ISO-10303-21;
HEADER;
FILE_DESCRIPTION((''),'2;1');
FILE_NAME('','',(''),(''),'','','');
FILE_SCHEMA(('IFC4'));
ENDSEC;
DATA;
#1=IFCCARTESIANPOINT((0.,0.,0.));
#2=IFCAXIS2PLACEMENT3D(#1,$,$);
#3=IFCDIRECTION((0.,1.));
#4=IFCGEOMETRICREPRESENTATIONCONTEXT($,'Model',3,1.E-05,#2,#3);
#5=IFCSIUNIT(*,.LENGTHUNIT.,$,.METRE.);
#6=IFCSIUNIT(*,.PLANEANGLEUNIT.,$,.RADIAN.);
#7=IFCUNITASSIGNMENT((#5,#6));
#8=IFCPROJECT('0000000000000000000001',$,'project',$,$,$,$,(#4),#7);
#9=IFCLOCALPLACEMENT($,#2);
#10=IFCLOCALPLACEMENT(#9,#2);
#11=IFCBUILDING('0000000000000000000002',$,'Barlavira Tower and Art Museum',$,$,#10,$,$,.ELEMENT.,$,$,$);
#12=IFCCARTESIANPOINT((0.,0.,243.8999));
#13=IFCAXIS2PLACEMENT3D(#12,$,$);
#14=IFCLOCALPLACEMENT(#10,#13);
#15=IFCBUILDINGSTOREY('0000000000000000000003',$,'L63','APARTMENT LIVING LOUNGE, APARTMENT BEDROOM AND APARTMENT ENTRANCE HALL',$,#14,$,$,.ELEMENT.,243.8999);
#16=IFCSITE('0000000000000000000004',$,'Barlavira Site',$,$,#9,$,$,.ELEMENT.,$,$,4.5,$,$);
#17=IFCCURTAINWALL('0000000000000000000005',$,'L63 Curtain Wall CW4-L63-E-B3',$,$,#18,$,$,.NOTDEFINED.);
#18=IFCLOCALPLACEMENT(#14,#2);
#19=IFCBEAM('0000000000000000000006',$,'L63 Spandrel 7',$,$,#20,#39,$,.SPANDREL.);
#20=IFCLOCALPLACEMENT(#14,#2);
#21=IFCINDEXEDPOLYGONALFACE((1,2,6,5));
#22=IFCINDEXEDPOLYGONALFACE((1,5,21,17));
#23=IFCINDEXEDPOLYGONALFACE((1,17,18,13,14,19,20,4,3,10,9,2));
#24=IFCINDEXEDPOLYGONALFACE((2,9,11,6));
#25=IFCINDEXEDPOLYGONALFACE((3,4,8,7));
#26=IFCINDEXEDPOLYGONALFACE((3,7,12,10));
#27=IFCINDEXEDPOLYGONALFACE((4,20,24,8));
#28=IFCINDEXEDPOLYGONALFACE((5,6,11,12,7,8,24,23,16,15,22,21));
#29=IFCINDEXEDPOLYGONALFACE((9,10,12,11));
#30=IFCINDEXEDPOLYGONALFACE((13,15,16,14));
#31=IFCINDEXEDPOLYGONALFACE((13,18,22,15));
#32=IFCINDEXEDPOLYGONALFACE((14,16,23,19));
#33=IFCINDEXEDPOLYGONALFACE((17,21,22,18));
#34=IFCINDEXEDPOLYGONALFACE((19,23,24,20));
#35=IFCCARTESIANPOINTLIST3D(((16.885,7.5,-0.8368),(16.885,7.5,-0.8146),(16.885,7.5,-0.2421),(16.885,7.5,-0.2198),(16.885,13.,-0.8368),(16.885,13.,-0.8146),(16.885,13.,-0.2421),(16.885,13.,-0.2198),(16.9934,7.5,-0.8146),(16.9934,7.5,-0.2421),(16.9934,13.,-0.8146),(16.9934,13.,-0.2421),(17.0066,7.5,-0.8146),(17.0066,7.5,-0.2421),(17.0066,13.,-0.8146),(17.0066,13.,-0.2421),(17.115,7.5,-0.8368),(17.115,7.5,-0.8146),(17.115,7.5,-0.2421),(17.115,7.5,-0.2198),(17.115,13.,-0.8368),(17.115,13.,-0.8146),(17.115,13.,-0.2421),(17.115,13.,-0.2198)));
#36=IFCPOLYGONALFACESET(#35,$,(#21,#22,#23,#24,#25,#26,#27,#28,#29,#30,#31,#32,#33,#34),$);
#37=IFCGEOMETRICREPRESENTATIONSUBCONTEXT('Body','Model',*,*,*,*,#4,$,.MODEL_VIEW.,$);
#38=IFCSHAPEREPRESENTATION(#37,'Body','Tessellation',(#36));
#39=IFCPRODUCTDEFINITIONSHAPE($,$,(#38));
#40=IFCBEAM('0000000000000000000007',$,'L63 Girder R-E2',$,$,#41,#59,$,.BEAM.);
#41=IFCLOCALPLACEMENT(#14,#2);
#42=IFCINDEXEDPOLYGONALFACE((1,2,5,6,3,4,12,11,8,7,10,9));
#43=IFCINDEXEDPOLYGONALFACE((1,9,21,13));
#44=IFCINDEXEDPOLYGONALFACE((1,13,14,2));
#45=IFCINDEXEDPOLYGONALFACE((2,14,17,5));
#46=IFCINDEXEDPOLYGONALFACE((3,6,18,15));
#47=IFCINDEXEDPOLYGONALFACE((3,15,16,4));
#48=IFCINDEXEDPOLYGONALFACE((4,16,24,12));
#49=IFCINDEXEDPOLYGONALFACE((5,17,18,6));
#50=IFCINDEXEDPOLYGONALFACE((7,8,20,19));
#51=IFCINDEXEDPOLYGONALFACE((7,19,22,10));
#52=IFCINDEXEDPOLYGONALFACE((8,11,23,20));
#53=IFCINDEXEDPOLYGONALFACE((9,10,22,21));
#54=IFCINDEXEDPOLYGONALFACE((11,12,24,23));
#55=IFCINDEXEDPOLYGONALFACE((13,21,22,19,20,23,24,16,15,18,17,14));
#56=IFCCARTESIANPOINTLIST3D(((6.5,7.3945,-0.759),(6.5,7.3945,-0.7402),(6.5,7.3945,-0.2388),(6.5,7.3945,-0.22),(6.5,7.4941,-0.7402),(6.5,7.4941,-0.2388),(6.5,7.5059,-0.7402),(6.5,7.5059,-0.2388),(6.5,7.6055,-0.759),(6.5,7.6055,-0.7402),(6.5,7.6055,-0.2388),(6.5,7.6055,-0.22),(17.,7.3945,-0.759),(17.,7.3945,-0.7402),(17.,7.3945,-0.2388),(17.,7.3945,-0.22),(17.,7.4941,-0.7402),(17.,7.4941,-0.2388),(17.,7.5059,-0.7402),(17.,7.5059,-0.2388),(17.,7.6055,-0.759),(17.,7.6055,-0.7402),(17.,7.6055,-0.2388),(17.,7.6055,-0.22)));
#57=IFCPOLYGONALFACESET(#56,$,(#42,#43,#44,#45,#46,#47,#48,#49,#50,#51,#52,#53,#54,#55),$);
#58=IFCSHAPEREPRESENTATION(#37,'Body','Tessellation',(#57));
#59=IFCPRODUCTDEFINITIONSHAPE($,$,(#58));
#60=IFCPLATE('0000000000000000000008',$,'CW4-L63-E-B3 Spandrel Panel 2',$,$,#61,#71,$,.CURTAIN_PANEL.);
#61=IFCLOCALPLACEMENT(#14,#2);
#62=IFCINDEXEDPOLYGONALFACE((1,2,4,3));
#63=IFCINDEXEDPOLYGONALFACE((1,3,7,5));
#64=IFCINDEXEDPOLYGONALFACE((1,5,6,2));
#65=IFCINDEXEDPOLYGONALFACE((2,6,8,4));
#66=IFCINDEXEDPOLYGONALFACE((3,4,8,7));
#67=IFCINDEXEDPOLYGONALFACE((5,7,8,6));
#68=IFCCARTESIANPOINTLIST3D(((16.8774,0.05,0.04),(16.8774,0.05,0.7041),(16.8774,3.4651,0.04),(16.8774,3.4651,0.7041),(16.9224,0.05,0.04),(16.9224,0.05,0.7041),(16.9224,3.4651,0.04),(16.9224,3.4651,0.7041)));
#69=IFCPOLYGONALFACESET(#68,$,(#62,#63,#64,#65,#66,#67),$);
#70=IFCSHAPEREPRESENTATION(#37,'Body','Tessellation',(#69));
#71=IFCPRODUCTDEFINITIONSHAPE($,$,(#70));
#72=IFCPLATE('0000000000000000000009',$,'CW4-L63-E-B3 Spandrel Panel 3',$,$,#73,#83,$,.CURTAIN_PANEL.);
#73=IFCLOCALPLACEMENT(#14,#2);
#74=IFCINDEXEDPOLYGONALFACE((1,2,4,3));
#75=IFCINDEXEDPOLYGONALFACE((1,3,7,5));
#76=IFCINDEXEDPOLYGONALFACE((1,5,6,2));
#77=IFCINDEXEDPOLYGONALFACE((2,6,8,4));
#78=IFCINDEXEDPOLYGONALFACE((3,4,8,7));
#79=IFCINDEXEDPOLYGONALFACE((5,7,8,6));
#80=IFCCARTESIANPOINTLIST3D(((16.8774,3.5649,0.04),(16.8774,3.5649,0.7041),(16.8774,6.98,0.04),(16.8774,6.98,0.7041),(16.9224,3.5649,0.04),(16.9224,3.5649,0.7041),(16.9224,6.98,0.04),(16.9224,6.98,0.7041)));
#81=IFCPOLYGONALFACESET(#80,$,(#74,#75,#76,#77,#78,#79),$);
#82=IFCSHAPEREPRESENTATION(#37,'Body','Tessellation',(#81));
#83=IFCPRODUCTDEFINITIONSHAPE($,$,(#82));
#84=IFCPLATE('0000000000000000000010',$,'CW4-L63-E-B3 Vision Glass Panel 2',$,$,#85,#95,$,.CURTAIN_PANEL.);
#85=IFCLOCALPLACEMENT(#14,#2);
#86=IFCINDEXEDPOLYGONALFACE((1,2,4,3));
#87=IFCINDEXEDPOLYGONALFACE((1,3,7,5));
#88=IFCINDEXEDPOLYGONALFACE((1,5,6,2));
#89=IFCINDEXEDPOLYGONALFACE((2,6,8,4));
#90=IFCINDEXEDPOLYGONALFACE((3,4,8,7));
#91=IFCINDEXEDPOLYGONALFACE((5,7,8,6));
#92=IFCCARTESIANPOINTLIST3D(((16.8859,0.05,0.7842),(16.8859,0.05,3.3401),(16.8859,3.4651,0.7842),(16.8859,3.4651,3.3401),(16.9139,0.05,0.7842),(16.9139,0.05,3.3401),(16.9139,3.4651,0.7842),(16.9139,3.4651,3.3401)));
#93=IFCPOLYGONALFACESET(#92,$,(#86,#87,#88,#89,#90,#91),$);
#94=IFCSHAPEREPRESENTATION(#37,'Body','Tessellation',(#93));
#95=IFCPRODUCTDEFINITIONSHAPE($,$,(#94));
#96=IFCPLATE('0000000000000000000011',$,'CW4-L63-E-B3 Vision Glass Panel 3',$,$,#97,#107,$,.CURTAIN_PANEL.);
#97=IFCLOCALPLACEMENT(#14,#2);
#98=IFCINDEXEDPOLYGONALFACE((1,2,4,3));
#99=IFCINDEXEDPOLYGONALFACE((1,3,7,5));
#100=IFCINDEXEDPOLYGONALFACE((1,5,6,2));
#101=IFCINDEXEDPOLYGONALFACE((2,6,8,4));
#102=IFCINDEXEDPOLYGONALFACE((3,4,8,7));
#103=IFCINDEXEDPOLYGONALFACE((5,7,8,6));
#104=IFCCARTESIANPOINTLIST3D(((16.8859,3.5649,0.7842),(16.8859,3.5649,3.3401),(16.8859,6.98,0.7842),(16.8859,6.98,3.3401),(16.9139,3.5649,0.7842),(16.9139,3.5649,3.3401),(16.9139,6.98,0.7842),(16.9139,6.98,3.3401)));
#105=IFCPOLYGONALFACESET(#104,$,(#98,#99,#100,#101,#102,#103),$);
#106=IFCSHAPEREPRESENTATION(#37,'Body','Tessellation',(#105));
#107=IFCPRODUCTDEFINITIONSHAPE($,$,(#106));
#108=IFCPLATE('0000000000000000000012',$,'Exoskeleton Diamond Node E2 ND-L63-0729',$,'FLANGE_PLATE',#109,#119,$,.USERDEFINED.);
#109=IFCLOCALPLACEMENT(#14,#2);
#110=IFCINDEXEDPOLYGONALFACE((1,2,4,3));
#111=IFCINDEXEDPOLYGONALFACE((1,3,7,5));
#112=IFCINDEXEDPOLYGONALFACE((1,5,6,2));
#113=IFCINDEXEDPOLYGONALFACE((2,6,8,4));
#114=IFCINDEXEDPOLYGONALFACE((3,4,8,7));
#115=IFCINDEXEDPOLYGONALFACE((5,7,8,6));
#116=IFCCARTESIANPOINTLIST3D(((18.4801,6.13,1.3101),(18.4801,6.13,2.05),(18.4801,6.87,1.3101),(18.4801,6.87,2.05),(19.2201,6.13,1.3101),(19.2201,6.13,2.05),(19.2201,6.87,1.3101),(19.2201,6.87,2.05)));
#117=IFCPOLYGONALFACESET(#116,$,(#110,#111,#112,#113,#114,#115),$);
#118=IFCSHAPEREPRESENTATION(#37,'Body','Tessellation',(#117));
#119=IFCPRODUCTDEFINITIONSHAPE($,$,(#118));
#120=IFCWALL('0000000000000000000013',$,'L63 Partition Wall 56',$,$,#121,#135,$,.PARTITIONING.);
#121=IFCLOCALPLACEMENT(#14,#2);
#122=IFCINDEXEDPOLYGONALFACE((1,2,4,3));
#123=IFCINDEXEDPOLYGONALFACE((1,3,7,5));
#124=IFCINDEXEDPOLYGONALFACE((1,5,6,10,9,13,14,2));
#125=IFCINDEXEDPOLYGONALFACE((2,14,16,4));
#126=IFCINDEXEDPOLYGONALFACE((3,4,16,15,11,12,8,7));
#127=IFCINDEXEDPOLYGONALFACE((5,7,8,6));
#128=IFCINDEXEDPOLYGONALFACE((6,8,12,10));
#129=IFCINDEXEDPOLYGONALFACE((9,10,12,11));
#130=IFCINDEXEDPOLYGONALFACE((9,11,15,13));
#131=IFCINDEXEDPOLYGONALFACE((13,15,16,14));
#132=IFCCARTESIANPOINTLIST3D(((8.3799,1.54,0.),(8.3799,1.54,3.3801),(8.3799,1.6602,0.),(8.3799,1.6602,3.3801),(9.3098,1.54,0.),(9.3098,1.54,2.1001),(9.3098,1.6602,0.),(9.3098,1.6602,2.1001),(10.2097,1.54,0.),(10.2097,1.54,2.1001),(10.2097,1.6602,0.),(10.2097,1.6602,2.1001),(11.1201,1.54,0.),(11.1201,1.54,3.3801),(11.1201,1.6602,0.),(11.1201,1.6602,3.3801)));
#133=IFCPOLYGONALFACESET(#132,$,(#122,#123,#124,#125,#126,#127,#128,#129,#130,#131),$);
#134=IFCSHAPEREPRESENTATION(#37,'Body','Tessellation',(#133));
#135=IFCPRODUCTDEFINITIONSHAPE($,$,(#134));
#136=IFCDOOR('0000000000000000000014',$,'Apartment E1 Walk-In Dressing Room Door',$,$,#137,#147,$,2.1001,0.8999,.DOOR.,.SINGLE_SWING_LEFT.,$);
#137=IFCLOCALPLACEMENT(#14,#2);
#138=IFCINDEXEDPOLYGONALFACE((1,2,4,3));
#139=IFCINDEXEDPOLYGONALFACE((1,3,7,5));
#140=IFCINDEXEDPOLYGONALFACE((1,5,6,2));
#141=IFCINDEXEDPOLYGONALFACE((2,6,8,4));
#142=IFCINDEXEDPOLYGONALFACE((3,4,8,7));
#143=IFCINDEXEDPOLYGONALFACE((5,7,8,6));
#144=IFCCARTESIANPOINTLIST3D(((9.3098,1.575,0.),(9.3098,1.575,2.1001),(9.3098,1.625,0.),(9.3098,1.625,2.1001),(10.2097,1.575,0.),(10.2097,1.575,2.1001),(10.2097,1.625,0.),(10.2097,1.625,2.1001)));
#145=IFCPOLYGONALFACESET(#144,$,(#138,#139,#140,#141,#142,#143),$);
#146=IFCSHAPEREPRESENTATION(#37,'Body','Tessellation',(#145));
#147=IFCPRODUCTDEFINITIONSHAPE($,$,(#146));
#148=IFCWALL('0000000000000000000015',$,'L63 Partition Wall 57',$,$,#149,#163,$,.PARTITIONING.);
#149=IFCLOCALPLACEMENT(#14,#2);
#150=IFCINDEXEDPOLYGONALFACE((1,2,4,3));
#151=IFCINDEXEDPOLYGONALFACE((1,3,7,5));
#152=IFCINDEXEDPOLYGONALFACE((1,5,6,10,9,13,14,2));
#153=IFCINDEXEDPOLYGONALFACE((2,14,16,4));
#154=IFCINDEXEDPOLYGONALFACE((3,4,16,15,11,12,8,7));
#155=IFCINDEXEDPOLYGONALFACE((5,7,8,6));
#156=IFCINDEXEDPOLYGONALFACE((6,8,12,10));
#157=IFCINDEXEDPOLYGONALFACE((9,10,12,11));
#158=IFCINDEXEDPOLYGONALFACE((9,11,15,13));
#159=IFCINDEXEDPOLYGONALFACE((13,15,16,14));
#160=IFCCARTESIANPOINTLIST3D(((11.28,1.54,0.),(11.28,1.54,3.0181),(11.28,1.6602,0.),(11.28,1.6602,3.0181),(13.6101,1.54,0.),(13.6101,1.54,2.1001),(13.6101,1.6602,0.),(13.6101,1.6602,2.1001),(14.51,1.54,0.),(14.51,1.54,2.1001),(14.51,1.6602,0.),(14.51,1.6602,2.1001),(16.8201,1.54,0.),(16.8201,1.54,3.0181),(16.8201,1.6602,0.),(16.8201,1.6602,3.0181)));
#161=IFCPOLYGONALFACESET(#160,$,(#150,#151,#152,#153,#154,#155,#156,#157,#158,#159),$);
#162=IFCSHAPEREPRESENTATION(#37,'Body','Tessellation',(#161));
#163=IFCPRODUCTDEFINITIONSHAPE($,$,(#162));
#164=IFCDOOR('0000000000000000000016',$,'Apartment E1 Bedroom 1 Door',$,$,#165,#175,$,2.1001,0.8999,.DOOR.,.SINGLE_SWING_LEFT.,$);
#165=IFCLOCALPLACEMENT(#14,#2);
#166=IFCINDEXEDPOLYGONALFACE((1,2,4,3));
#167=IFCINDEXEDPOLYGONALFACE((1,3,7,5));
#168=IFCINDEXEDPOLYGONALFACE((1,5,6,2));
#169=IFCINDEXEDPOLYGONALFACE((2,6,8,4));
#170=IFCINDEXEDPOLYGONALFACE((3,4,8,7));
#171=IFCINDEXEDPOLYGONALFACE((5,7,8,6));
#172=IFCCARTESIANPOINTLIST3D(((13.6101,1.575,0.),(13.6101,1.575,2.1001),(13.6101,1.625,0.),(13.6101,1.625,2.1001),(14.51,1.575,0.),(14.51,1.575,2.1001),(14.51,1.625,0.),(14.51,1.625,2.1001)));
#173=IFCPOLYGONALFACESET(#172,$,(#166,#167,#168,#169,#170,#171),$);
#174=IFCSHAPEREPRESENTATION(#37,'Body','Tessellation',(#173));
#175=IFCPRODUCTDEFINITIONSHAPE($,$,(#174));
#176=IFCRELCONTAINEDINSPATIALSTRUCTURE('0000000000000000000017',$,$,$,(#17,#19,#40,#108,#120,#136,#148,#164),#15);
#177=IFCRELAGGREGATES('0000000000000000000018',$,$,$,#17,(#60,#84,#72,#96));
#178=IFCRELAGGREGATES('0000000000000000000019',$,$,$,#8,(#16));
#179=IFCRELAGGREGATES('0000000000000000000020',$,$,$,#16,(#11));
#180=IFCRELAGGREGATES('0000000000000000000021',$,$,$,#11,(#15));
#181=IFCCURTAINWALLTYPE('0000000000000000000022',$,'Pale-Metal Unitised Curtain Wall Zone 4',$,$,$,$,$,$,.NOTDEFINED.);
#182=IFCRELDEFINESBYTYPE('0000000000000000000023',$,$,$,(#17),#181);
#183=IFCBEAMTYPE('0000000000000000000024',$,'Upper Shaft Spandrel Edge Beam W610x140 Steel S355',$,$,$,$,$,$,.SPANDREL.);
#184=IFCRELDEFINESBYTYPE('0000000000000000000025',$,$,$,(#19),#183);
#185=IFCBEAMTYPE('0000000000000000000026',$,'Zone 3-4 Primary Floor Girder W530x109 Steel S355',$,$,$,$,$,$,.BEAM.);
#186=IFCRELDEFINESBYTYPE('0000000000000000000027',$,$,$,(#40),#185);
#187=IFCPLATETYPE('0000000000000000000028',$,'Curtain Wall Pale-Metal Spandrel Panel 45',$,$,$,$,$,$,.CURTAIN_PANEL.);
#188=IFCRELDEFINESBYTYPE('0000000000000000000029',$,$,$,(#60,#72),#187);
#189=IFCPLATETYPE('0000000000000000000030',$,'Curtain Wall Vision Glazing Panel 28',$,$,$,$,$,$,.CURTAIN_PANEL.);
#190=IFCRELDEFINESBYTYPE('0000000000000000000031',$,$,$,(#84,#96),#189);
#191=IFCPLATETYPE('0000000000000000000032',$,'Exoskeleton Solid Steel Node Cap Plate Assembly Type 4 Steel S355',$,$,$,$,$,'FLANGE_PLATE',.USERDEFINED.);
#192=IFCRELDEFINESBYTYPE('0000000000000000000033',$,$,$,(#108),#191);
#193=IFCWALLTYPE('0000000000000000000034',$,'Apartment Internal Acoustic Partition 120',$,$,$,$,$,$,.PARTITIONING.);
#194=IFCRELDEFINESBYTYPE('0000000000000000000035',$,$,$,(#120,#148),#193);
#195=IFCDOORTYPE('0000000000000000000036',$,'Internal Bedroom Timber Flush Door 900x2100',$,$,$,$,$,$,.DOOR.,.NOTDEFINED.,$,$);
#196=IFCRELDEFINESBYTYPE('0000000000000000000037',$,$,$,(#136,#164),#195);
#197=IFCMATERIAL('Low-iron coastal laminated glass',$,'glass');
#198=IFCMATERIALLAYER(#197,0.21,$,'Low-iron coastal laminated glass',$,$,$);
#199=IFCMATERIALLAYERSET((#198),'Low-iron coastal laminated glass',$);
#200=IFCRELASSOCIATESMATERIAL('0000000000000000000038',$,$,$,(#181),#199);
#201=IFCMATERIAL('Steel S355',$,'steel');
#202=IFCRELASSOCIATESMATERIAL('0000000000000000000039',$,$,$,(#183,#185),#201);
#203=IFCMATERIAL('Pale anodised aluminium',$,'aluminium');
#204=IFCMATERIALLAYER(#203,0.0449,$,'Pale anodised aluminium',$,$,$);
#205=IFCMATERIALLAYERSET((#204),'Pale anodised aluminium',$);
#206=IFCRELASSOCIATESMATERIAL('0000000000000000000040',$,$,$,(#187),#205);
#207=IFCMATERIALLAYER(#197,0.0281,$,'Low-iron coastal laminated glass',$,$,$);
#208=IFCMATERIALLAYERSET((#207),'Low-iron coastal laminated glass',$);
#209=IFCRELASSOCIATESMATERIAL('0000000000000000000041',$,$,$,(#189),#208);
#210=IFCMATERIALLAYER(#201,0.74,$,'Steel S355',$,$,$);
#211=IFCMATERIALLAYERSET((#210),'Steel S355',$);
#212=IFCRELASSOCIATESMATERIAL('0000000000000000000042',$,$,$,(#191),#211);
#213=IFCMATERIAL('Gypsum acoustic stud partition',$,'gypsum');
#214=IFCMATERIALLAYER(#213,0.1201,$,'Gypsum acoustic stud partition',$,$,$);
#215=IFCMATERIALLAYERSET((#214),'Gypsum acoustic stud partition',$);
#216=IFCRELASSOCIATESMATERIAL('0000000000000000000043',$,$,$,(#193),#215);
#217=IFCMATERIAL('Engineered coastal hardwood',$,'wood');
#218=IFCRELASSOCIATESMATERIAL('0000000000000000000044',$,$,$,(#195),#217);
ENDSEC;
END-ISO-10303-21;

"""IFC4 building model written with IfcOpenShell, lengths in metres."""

from ifc_helpers import new_model, si_unit, direction, frame, frame_2d, origin, origin_2d, place, context, subcontext, project, spatial, rectangle, i_section, extrude, material, layer, layer_set, material_profile, profile_set, type_object, element, fill, aggregate, save


model = new_model("IFC4")

# Units and contexts
model_context = context("Model", 3, precision=1e-05, world=origin(), true_north=direction((0.0, 1.0)))
body_context = subcontext(model_context, "Body", "Model", "MODEL_VIEW")
ifc_project = project(units=[si_unit("LENGTHUNIT", "METRE"), si_unit("PLANEANGLEUNIT", "RADIAN")], contexts=[model_context])

# Site, building, storey
site_placement = place(None, origin())
site = spatial("IfcSite", under=ifc_project, at=site_placement, Name="Barlavira Site", CompositionType="ELEMENT", RefElevation=4.5)
building_placement = place(site_placement, origin())
building = spatial("IfcBuilding", under=site, at=building_placement, Name="Barlavira Tower and Art Museum", CompositionType="ELEMENT")
storey_placement = place(building_placement, frame((0.0, 0.0, 243.8999)))
storey = spatial("IfcBuildingStorey", under=building, at=storey_placement, Name="L63", Description="APARTMENT LIVING LOUNGE, APARTMENT BEDROOM AND APARTMENT ENTRANCE HALL", CompositionType="ELEMENT", Elevation=243.8999)

# Curtain wall
ifc_material_1 = material(Name="Low-iron coastal laminated glass", Category="glass")
ifc_layer_1 = layer(ifc_material_1, 0.21, Name="Low-iron coastal laminated glass")
ifc_layer_set_1 = layer_set([ifc_layer_1], Name="Low-iron coastal laminated glass")
curtain_wall_type = type_object("IfcCurtainWallType", Name="Pale-Metal Unitised Curtain Wall Zone 4", PredefinedType="NOTDEFINED", material=ifc_layer_set_1)
curtain_wall_placement = place(storey_placement, origin())
curtain_wall = element("IfcCurtainWall", 1, at=curtain_wall_placement, inside=storey, type_object=curtain_wall_type, Name="L63 Curtain Wall CW4-L63-E-B3", PredefinedType="NOTDEFINED")
ifc_material_2 = material(Name="Pale anodised aluminium", Category="aluminium")

# Beams
ifc_material_3 = material(Name="Steel S355", Category="steel")
ifc_material_profile_1 = material_profile(ifc_material_3, i_section(OverallWidth=0.23, OverallDepth=0.6169, WebThickness=0.0132, FlangeThickness=0.0222, at=origin_2d()), Name="W610x140.0")
ifc_profile_set_1 = profile_set([ifc_material_profile_1], Name="Steel S355")
beam_type_1 = type_object("IfcBeamType", Name="Upper Shaft Spandrel Edge Beam W610x140 Steel S355", PredefinedType="SPANDREL", material=ifc_profile_set_1)
beam_1_placement = place(storey_placement, frame((17.0, 7.5, -0.5283), z_axis=(0.0, 1.0, 0.0), x_axis=(-1.0, 0.0, 0.0)))
element("IfcBeam", 2, at=beam_1_placement, inside=storey, type_object=beam_type_1, Name="L63 Spandrel 7", PredefinedType="SPANDREL", context=body_context, shape_type="SweptSolid", body=[
    extrude(i_section(OverallWidth=0.23, OverallDepth=0.6169, WebThickness=0.0132, FlangeThickness=0.0222, at=origin_2d()), origin(), (0.0, 0.0, 1.0), 5.5),
])
ifc_material_profile_2 = material_profile(ifc_material_3, i_section(OverallWidth=0.2109, OverallDepth=0.5391, WebThickness=0.0117, FlangeThickness=0.0188, at=origin_2d()), Name="W530x109.0")
ifc_profile_set_2 = profile_set([ifc_material_profile_2], Name="Steel S355")
beam_type_2 = type_object("IfcBeamType", Name="Zone 3-4 Primary Floor Girder W530x109 Steel S355", PredefinedType="BEAM", material=ifc_profile_set_2)
beam_2_placement = place(storey_placement, frame((6.5, 7.5, -0.4895), z_axis=(1.0, 0.0, 0.0), x_axis=(0.0, 1.0, 0.0)))
element("IfcBeam", 3, at=beam_2_placement, inside=storey, type_object=beam_type_2, Name="L63 Girder R-E2", PredefinedType="BEAM", context=body_context, shape_type="SweptSolid", body=[
    extrude(i_section(OverallWidth=0.2109, OverallDepth=0.5391, WebThickness=0.0117, FlangeThickness=0.0188, at=origin_2d()), origin(), (0.0, 0.0, 1.0), 10.5),
])

# Plates
ifc_layer_2 = layer(ifc_material_2, 0.0449, Name="Pale anodised aluminium")
ifc_layer_set_2 = layer_set([ifc_layer_2], Name="Pale anodised aluminium")
plate_type_1 = type_object("IfcPlateType", Name="Curtain Wall Pale-Metal Spandrel Panel 45", PredefinedType="CURTAIN_PANEL", material=ifc_layer_set_2)
plate_1_placement = place(storey_placement, frame((16.8999, 1.7576, 0.04), z_axis=(0.0, 0.0, 1.0), x_axis=(0.0, 1.0, 0.0)))
plate_1 = element("IfcPlate", 4, at=plate_1_placement, type_object=plate_type_1, Name="CW4-L63-E-B3 Spandrel Panel 2", PredefinedType="CURTAIN_PANEL", context=body_context, shape_type="SweptSolid", body=[
    extrude(rectangle(XDim=3.415, YDim=0.0449, at=origin_2d()), origin(), (0.0, 0.0, 1.0), 0.6641),
])
plate_2_placement = place(storey_placement, frame((16.8999, 5.2725, 0.04), z_axis=(0.0, 0.0, 1.0), x_axis=(0.0, 1.0, 0.0)))
plate_2 = element("IfcPlate", 5, at=plate_2_placement, type_object=plate_type_1, Name="CW4-L63-E-B3 Spandrel Panel 3", PredefinedType="CURTAIN_PANEL", context=body_context, shape_type="SweptSolid", body=[
    extrude(rectangle(XDim=3.415, YDim=0.0449, at=origin_2d()), origin(), (0.0, 0.0, 1.0), 0.6641),
])
ifc_layer_3 = layer(ifc_material_1, 0.0281, Name="Low-iron coastal laminated glass")
ifc_layer_set_3 = layer_set([ifc_layer_3], Name="Low-iron coastal laminated glass")
plate_type_2 = type_object("IfcPlateType", Name="Curtain Wall Vision Glazing Panel 28", PredefinedType="CURTAIN_PANEL", material=ifc_layer_set_3)
plate_3_placement = place(storey_placement, frame((16.8999, 1.7576, 0.7842), z_axis=(0.0, 0.0, 1.0), x_axis=(0.0, 1.0, 0.0)))
plate_3 = element("IfcPlate", 6, at=plate_3_placement, type_object=plate_type_2, Name="CW4-L63-E-B3 Vision Glass Panel 2", PredefinedType="CURTAIN_PANEL", context=body_context, shape_type="SweptSolid", body=[
    extrude(rectangle(XDim=3.415, YDim=0.0281, at=origin_2d()), origin(), (0.0, 0.0, 1.0), 2.5559),
])
plate_4_placement = place(storey_placement, frame((16.8999, 5.2725, 0.7842), z_axis=(0.0, 0.0, 1.0), x_axis=(0.0, 1.0, 0.0)))
plate_4 = element("IfcPlate", 7, at=plate_4_placement, type_object=plate_type_2, Name="CW4-L63-E-B3 Vision Glass Panel 3", PredefinedType="CURTAIN_PANEL", context=body_context, shape_type="SweptSolid", body=[
    extrude(rectangle(XDim=3.415, YDim=0.0281, at=origin_2d()), origin(), (0.0, 0.0, 1.0), 2.5559),
])
aggregate(curtain_wall, [plate_1, plate_3, plate_2, plate_4])
ifc_layer_4 = layer(ifc_material_3, 0.74, Name="Steel S355")
ifc_layer_set_4 = layer_set([ifc_layer_4], Name="Steel S355")
plate_type_3 = type_object("IfcPlateType", Name="Exoskeleton Solid Steel Node Cap Plate Assembly Type 4 Steel S355", ElementType="FLANGE_PLATE", PredefinedType="USERDEFINED", material=ifc_layer_set_4)
plate_5_placement = place(storey_placement, frame((18.8501, 6.5, 1.3101), z_axis=(0.0, 0.0, 1.0), x_axis=(1.0, 0.0, 0.0)))
element("IfcPlate", 8, at=plate_5_placement, inside=storey, type_object=plate_type_3, Name="Exoskeleton Diamond Node E2 ND-L63-0729", ObjectType="FLANGE_PLATE", PredefinedType="USERDEFINED", context=body_context, shape_type="SweptSolid", body=[
    extrude(rectangle(XDim=0.74, YDim=0.74, at=origin_2d()), origin(), (0.0, 0.0, 1.0), 0.74),
])

# Walls, openings, doors
ifc_material_4 = material(Name="Gypsum acoustic stud partition", Category="gypsum")
ifc_layer_5 = layer(ifc_material_4, 0.1201, Name="Gypsum acoustic stud partition")
ifc_layer_set_5 = layer_set([ifc_layer_5], Name="Gypsum acoustic stud partition")
wall_type_1 = type_object("IfcWallType", Name="Apartment Internal Acoustic Partition 120", PredefinedType="PARTITIONING", material=ifc_layer_set_5)
wall_1_placement = place(storey_placement, frame((8.3799, 1.6001, 0.0), z_axis=(0.0, 0.0, 1.0), x_axis=(1.0, 0.0, 0.0)))
wall_1 = element("IfcWall", 9, at=wall_1_placement, inside=storey, type_object=wall_type_1, Name="L63 Partition Wall 56", PredefinedType="PARTITIONING", context=body_context, shape_type="SweptSolid", body=[
    extrude(rectangle(XDim=2.7402, YDim=0.1201, at=frame_2d((1.3701, 0.0))), origin(), (0.0, 0.0, 1.0), 3.3801),
])
opening_1_placement = place(wall_1_placement, frame((0.9299, 0.0, 0.0)))
opening_1 = element("IfcOpeningElement", 10, at=opening_1_placement, cuts=wall_1, PredefinedType="OPENING", context=body_context, shape_type="SweptSolid", body=[
    extrude(rectangle(XDim=0.8999, YDim=2.1001, at=frame_2d((0.45, 1.05))), frame((0.0, 0.0701, 0.0), z_axis=(0.0, -1.0, 0.0), x_axis=(1.0, 0.0, 0.0)), (0.0, 0.0, 1.0), 0.1401),
])
ifc_material_5 = material(Name="Engineered coastal hardwood", Category="wood")
door_type = type_object("IfcDoorType", Name="Internal Bedroom Timber Flush Door 900x2100", OperationType="NOTDEFINED", PredefinedType="DOOR", material=ifc_material_5)
door_1_placement = place(opening_1_placement, origin())
door_1 = element("IfcDoor", 11, at=door_1_placement, inside=storey, type_object=door_type, Name="Apartment E1 Walk-In Dressing Room Door", OperationType="SINGLE_SWING_LEFT", OverallHeight=2.1001, OverallWidth=0.8999, PredefinedType="DOOR", context=body_context, shape_type="SweptSolid", body=[
    extrude(rectangle(XDim=0.8999, YDim=2.1001, at=frame_2d((0.45, 1.05))), frame((0.0, 0.0249, 0.0), z_axis=(0.0, -1.0, 0.0), x_axis=(1.0, 0.0, 0.0)), (0.0, 0.0, 1.0), 0.05),
])
fill(opening_1, door_1)
wall_2_placement = place(storey_placement, frame((11.28, 1.6001, 0.0), z_axis=(0.0, 0.0, 1.0), x_axis=(1.0, 0.0, 0.0)))
wall_2 = element("IfcWall", 12, at=wall_2_placement, inside=storey, type_object=wall_type_1, Name="L63 Partition Wall 57", PredefinedType="PARTITIONING", context=body_context, shape_type="SweptSolid", body=[
    extrude(rectangle(XDim=5.54, YDim=0.1201, at=frame_2d((2.77, 0.0))), origin(), (0.0, 0.0, 1.0), 3.0181),
])
opening_2_placement = place(wall_2_placement, frame((2.3301, 0.0, 0.0)))
opening_2 = element("IfcOpeningElement", 13, at=opening_2_placement, cuts=wall_2, PredefinedType="OPENING", context=body_context, shape_type="SweptSolid", body=[
    extrude(rectangle(XDim=0.8999, YDim=2.1001, at=frame_2d((0.45, 1.05))), frame((0.0, 0.0701, 0.0), z_axis=(0.0, -1.0, 0.0), x_axis=(1.0, 0.0, 0.0)), (0.0, 0.0, 1.0), 0.1401),
])
door_2_placement = place(opening_2_placement, origin())
door_2 = element("IfcDoor", 14, at=door_2_placement, inside=storey, type_object=door_type, Name="Apartment E1 Bedroom 1 Door", OperationType="SINGLE_SWING_LEFT", OverallHeight=2.1001, OverallWidth=0.8999, PredefinedType="DOOR", context=body_context, shape_type="SweptSolid", body=[
    extrude(rectangle(XDim=0.8999, YDim=2.1001, at=frame_2d((0.45, 1.05))), frame((0.0, 0.0249, 0.0), z_axis=(0.0, -1.0, 0.0), x_axis=(1.0, 0.0, 0.0)), (0.0, 0.0, 1.0), 0.05),
])
fill(opening_2, door_2)

save(model, "model.ifc")
